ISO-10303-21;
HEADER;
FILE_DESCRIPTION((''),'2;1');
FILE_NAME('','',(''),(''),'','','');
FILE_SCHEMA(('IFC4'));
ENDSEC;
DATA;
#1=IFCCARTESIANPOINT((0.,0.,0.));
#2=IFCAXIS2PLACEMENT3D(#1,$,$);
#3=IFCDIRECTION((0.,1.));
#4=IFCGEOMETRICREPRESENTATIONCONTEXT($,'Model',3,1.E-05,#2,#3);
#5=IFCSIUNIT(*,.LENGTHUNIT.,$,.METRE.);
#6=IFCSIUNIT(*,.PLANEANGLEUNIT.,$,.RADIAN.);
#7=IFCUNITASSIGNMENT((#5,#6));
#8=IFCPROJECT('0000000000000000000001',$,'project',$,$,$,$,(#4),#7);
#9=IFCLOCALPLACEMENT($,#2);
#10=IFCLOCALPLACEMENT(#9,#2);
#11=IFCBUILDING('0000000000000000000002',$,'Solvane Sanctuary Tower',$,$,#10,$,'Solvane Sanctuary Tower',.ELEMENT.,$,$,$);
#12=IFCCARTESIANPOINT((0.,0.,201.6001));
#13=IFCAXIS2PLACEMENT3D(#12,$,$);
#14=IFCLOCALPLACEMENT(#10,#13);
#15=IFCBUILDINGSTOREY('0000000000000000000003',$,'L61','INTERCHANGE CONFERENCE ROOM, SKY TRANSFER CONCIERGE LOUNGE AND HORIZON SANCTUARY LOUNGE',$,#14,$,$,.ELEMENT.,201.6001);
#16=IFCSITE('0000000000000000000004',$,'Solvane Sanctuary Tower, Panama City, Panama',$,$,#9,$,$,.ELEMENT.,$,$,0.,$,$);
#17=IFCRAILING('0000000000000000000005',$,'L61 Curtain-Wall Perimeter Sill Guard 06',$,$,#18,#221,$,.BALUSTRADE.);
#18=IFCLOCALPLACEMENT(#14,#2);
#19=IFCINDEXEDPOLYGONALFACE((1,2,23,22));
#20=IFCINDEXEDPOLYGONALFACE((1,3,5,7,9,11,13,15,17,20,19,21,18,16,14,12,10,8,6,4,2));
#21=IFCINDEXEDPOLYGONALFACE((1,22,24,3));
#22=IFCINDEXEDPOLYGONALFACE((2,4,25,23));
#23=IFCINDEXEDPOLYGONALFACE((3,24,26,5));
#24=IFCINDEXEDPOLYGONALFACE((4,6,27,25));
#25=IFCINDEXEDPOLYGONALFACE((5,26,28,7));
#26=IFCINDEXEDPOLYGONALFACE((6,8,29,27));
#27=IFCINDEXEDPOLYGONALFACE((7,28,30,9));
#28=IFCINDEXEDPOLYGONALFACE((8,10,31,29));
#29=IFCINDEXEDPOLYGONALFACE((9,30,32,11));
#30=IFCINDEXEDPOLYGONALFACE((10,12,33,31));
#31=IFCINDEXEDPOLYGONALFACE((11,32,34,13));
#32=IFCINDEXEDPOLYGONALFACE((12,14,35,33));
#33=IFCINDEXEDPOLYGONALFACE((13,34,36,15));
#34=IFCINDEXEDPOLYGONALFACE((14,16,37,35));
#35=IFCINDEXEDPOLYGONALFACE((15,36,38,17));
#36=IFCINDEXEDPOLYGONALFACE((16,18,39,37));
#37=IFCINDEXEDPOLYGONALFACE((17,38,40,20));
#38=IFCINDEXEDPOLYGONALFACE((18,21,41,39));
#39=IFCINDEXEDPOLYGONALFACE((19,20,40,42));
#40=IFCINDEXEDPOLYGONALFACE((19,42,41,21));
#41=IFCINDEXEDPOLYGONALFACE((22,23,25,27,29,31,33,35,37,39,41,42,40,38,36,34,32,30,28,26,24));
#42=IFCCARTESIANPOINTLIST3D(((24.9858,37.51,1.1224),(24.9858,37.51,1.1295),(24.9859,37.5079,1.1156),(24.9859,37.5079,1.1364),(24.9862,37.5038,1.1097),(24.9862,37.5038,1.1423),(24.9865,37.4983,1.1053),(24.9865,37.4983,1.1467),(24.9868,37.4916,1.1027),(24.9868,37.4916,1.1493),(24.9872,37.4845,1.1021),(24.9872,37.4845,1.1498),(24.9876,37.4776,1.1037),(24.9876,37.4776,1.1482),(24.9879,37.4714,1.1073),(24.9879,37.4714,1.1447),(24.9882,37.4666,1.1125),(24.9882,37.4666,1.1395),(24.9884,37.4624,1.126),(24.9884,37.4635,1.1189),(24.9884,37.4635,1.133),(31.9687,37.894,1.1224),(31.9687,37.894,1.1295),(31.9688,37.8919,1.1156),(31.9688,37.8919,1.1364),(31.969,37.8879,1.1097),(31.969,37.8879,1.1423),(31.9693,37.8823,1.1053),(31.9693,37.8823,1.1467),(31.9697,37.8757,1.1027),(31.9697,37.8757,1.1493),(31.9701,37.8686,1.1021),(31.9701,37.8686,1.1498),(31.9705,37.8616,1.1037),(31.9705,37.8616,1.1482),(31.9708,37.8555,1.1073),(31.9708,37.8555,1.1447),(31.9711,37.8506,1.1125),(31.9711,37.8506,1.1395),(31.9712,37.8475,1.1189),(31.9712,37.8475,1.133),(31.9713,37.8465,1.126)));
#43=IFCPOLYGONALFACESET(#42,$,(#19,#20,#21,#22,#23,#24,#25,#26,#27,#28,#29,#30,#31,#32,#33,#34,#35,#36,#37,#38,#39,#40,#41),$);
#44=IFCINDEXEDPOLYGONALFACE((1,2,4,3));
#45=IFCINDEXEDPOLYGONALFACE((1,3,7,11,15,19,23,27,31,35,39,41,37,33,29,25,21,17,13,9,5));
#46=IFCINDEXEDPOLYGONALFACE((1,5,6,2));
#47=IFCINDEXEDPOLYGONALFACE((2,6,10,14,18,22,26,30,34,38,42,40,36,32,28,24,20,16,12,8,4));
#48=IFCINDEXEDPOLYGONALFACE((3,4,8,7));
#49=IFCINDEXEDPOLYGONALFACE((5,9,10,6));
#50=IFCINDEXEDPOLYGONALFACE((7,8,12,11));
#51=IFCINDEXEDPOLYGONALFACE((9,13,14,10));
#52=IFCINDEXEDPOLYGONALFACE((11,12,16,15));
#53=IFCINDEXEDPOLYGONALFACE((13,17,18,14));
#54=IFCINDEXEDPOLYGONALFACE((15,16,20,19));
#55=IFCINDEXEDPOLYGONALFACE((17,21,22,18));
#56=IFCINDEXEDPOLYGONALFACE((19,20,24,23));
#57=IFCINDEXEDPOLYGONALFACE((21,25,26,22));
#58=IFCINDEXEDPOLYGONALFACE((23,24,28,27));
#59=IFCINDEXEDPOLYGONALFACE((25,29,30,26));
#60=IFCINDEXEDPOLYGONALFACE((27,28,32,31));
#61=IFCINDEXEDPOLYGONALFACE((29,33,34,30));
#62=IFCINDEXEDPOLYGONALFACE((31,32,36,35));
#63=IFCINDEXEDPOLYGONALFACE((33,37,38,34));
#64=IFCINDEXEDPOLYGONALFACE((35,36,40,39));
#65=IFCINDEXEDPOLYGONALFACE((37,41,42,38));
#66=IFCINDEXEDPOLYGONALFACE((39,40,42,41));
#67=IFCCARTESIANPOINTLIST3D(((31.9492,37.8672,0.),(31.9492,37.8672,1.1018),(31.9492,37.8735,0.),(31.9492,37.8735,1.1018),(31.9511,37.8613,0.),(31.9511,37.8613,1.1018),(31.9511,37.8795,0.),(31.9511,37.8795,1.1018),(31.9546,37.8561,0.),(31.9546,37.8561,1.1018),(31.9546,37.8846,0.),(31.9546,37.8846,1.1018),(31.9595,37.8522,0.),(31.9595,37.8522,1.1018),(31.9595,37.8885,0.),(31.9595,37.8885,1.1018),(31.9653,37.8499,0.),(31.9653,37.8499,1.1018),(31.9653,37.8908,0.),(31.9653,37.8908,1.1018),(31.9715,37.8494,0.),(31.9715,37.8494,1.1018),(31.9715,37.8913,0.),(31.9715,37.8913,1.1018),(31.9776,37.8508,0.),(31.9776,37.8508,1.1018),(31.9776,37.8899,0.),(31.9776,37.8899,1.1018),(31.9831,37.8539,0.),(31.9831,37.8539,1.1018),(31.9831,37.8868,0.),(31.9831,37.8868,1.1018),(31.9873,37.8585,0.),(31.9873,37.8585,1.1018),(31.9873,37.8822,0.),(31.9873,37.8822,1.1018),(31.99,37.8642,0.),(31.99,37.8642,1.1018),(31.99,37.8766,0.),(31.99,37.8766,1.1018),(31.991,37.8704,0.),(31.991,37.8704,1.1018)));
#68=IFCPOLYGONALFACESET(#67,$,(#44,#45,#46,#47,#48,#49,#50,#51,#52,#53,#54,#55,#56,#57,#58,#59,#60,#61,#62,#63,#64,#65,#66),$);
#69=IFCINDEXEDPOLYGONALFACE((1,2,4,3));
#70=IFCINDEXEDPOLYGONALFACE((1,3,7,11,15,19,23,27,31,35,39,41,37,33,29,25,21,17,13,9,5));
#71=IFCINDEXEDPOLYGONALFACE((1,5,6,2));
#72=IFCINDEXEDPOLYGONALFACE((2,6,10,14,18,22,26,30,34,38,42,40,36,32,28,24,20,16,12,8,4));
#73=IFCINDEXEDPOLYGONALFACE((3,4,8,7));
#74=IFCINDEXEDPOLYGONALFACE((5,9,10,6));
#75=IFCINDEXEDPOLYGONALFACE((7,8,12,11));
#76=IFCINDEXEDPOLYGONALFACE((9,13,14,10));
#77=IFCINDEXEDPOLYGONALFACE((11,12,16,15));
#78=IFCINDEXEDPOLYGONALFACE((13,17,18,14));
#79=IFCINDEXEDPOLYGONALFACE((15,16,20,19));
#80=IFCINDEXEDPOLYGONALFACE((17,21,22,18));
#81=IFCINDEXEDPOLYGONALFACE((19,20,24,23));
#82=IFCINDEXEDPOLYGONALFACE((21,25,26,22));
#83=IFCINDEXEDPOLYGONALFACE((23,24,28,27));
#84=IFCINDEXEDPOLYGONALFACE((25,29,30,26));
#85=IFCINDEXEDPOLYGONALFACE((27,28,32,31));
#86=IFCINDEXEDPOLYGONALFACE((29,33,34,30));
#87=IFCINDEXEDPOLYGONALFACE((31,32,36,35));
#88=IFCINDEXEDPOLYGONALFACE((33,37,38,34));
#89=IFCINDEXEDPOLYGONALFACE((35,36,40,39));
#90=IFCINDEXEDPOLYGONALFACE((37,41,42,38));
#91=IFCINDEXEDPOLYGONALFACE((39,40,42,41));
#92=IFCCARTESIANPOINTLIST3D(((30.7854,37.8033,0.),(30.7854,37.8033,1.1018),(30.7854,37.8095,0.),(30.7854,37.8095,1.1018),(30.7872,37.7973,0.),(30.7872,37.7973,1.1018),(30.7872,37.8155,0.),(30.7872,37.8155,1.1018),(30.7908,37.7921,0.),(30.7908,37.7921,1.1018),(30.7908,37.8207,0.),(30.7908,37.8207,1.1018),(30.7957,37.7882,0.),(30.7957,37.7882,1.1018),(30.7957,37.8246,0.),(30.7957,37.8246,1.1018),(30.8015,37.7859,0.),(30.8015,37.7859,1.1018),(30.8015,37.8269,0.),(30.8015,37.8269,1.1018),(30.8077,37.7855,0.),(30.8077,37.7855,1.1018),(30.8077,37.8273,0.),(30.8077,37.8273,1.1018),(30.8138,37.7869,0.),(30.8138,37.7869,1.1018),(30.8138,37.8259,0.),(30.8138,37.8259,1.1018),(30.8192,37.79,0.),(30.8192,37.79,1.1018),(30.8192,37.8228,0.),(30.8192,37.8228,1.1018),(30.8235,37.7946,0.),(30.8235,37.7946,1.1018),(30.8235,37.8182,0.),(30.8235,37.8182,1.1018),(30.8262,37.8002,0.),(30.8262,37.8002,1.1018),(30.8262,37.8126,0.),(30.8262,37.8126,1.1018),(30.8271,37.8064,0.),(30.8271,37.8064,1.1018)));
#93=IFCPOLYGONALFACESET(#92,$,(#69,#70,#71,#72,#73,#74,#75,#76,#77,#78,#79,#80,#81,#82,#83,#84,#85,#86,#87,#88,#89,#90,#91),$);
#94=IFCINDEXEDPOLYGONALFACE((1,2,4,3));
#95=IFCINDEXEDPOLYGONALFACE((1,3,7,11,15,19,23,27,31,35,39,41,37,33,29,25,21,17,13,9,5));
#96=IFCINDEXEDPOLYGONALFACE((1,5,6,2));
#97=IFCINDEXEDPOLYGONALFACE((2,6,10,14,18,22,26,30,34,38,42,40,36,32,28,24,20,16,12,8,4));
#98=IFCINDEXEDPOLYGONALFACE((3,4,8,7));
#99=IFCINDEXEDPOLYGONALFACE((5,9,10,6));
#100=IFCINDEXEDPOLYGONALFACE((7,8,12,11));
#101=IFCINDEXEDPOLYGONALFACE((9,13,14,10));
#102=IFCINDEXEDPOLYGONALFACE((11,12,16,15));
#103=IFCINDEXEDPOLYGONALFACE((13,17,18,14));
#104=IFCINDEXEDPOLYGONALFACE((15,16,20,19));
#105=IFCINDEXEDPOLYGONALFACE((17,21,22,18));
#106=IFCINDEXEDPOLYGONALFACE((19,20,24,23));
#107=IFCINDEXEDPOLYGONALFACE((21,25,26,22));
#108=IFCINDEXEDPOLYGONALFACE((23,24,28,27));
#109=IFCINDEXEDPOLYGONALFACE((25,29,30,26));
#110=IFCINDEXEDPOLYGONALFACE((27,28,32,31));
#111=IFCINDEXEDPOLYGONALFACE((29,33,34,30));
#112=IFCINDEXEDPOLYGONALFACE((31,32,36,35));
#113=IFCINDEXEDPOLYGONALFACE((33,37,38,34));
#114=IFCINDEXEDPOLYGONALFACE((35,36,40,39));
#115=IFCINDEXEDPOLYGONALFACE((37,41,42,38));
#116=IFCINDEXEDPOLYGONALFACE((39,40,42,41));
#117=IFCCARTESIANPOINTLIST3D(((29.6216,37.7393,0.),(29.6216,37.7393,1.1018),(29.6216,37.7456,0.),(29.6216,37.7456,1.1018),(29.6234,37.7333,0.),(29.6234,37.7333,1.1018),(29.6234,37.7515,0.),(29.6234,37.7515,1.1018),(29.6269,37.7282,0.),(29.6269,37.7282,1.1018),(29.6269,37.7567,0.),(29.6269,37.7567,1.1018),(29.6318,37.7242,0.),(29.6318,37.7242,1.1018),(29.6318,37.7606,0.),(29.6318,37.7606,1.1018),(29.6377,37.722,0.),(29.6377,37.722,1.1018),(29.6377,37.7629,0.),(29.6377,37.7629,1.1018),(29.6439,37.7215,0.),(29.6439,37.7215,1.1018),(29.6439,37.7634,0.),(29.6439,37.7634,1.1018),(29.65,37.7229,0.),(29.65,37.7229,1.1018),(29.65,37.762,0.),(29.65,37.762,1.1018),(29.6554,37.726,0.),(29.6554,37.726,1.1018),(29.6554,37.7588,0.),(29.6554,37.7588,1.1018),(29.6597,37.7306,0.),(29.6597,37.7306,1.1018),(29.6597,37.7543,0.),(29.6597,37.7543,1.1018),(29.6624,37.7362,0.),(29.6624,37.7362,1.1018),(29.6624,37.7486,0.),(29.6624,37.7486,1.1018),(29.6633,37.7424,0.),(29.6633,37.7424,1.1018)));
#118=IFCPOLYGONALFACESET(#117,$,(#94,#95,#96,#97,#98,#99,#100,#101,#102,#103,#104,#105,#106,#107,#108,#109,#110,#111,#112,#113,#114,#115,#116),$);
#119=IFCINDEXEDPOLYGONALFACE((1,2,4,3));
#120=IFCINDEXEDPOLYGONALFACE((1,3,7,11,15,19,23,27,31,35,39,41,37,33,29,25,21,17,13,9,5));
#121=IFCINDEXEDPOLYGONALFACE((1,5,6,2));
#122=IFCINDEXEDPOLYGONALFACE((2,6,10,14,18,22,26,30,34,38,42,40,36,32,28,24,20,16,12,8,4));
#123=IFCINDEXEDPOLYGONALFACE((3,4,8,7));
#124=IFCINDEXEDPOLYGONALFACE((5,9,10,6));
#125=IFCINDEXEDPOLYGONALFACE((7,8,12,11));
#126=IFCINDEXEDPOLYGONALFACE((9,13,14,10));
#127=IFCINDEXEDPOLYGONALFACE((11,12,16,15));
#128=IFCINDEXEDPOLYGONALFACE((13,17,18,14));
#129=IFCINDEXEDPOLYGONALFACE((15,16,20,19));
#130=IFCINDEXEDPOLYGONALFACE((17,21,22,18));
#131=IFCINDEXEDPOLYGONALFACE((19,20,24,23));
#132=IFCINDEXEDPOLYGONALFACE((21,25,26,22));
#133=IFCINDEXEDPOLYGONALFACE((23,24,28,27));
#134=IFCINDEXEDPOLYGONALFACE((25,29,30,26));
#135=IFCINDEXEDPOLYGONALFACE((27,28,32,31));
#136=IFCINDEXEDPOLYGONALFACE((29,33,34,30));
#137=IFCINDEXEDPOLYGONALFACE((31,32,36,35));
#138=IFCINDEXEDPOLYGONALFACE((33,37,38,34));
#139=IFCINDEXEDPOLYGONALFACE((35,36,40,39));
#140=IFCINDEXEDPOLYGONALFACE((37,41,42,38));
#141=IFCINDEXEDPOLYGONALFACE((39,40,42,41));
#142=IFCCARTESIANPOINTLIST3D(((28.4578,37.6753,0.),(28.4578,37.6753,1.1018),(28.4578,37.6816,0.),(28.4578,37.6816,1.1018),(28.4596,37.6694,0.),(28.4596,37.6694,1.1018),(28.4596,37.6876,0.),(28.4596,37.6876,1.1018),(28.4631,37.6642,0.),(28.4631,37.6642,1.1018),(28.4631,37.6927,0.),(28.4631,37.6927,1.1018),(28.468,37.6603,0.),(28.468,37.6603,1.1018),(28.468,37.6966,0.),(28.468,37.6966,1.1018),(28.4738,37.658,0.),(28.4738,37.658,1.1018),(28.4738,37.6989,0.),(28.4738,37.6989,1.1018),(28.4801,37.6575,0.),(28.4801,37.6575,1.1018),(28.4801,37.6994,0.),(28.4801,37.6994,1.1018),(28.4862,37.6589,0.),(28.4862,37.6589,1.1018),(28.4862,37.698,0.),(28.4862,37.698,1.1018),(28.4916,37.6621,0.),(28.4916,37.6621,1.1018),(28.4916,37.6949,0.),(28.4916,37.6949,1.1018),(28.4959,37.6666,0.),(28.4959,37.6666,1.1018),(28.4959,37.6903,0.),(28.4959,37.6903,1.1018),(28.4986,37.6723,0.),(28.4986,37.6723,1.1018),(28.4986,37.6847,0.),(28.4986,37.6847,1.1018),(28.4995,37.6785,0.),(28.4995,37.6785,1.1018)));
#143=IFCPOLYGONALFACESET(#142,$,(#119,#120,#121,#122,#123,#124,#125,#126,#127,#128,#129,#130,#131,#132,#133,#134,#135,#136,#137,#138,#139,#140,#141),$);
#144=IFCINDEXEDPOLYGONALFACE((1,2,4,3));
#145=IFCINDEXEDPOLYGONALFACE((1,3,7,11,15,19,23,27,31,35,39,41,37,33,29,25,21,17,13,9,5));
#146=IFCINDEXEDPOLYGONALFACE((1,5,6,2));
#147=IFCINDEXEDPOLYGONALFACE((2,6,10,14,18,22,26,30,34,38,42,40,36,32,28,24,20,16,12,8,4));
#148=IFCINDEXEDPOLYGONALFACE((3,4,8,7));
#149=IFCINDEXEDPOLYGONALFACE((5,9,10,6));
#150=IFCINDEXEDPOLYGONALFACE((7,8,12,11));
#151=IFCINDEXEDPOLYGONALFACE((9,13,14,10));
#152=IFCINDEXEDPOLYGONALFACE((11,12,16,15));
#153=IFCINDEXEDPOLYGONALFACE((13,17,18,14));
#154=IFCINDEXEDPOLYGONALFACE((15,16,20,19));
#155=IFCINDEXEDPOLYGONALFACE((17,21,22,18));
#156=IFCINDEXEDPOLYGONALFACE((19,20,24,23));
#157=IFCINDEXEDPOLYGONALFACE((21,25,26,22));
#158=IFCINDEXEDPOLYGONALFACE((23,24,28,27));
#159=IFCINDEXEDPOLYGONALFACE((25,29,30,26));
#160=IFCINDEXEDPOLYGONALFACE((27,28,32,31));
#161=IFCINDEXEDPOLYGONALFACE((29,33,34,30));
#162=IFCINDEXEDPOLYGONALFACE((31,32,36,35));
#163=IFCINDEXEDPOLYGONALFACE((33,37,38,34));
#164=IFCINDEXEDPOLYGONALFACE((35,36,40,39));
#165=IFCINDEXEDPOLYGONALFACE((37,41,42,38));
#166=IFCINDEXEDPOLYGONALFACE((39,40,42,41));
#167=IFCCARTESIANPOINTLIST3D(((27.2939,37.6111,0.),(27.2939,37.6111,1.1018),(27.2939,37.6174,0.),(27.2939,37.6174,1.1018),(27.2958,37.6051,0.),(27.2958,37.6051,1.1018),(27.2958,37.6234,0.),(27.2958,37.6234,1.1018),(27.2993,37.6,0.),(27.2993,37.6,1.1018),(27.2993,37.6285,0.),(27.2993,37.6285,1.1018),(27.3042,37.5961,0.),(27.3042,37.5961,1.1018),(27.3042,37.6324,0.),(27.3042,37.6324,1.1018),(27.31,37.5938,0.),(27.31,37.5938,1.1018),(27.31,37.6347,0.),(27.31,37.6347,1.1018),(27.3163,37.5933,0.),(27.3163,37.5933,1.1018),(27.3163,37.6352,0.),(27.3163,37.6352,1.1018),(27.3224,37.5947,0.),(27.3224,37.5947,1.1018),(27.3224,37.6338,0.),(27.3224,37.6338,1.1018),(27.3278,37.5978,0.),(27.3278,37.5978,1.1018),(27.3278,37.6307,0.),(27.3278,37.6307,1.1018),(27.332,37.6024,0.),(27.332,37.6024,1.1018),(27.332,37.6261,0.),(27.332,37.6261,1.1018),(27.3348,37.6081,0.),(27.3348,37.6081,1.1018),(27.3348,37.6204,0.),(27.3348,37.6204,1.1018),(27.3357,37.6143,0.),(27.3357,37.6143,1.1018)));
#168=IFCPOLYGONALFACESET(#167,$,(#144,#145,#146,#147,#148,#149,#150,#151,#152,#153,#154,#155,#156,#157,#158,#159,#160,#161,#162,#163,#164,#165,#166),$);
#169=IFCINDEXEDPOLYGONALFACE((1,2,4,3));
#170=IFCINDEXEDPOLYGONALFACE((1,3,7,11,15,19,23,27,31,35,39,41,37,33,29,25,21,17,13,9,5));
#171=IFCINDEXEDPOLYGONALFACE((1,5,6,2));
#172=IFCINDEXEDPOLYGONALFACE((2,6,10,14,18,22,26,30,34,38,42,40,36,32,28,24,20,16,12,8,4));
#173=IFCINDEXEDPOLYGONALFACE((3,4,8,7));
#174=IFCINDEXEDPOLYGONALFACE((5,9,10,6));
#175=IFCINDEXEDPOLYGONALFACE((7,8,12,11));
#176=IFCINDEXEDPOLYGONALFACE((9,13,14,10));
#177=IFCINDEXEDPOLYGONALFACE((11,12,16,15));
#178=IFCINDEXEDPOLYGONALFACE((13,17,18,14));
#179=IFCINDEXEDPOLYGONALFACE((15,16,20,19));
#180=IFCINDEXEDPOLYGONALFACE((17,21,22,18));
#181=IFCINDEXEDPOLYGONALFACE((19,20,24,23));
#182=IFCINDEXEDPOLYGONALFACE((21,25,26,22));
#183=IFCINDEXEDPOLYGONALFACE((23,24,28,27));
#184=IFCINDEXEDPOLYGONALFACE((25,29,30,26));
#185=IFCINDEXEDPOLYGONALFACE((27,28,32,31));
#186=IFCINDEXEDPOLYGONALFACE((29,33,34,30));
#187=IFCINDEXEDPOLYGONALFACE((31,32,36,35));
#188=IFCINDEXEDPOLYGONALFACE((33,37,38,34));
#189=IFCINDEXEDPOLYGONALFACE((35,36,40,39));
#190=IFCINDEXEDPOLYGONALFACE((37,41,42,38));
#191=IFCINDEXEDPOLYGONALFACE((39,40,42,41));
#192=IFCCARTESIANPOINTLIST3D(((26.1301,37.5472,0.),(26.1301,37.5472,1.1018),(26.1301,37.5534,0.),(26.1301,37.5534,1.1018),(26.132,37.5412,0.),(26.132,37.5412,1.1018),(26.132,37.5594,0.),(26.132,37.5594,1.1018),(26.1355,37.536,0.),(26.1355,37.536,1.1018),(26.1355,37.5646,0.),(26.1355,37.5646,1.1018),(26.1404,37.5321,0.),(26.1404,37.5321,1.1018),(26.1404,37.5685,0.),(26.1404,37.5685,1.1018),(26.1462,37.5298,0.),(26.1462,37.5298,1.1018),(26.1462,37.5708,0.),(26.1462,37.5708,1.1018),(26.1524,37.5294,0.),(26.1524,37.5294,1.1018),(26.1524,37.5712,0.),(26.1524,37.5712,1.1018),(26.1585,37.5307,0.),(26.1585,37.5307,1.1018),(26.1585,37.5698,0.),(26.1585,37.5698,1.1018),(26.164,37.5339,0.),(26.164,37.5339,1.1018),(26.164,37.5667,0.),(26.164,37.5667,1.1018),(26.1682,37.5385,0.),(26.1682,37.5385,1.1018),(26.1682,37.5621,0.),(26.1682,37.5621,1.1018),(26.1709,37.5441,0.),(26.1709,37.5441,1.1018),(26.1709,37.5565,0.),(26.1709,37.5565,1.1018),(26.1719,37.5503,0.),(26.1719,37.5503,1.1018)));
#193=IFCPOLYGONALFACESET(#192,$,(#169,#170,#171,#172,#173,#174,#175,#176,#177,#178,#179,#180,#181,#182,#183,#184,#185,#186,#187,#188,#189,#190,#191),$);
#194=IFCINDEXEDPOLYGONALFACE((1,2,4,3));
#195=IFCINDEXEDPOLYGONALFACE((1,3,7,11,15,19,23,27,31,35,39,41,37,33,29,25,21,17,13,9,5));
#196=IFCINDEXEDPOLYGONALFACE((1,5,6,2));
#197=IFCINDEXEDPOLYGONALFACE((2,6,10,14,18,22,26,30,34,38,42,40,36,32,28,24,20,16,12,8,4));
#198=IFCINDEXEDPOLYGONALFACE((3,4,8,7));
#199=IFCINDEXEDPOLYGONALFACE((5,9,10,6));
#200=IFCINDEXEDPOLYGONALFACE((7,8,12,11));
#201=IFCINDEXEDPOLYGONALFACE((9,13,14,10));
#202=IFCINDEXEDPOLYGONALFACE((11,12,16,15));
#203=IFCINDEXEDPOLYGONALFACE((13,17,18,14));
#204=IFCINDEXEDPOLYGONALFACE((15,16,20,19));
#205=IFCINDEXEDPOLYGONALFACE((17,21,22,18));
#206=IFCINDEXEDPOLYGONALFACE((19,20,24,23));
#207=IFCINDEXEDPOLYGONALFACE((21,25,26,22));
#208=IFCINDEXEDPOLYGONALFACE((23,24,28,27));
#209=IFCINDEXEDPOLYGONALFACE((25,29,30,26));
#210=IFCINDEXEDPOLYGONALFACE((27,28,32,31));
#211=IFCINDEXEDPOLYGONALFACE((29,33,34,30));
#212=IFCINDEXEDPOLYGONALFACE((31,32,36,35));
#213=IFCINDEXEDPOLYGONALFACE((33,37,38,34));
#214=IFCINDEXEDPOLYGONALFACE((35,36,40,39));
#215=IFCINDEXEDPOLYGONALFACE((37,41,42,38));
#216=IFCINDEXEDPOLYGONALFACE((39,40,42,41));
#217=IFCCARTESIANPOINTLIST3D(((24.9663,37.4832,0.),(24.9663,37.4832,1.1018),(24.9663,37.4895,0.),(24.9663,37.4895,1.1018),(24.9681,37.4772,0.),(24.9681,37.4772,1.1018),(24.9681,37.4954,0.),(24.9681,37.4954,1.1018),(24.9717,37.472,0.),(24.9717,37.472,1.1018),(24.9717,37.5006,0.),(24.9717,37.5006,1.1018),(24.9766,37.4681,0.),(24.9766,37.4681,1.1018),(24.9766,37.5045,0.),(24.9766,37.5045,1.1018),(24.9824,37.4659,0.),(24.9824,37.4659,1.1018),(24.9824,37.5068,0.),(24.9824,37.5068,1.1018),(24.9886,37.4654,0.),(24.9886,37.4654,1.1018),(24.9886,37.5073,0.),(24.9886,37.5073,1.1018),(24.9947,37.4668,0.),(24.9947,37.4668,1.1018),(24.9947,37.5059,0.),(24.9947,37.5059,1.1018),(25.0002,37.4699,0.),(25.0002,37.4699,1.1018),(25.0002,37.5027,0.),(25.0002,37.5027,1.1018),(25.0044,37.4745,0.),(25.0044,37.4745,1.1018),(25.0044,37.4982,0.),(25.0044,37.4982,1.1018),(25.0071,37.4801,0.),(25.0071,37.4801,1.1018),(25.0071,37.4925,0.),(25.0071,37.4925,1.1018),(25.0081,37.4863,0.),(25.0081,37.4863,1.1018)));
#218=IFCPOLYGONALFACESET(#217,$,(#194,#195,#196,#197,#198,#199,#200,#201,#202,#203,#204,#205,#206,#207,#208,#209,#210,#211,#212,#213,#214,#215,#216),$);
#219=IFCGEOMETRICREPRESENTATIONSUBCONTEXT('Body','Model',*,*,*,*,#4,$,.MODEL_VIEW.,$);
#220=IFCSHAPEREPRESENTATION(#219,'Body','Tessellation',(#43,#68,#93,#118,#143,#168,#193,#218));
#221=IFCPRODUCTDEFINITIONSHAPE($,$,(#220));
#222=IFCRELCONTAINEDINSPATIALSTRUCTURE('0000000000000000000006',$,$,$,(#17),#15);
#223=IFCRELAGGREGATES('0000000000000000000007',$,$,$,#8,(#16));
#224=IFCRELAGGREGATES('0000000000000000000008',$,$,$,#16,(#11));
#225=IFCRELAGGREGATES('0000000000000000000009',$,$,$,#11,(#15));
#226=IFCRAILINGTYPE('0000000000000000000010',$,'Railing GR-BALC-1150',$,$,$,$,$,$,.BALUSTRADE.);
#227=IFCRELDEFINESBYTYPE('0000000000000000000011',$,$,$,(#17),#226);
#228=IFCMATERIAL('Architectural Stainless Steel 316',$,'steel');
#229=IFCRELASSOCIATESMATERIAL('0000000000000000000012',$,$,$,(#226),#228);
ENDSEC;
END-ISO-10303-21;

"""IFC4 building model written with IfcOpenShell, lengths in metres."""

from ifc_helpers import new_model, si_unit, direction, frame, origin, origin_2d, place, context, subcontext, project, spatial, circle, extrude, material, type_object, element, save


model = new_model("IFC4")

# Units and contexts
model_context = context("Model", 3, precision=1e-05, world=origin(), true_north=direction((0.0, 1.0)))
body_context = subcontext(model_context, "Body", "Model", "MODEL_VIEW")
ifc_project = project(units=[si_unit("LENGTHUNIT", "METRE"), si_unit("PLANEANGLEUNIT", "RADIAN")], contexts=[model_context])

# Site, building, storey
site_placement = place(None, origin())
site = spatial("IfcSite", under=ifc_project, at=site_placement, Name="Solvane Sanctuary Tower, Panama City, Panama", CompositionType="ELEMENT", RefElevation=0.0)
building_placement = place(site_placement, origin())
building = spatial("IfcBuilding", under=site, at=building_placement, Name="Solvane Sanctuary Tower", LongName="Solvane Sanctuary Tower", CompositionType="ELEMENT")
storey_placement = place(building_placement, frame((0.0, 0.0, 201.6001)))
storey = spatial("IfcBuildingStorey", under=building, at=storey_placement, Name="L61", Description="INTERCHANGE CONFERENCE ROOM, SKY TRANSFER CONCIERGE LOUNGE AND HORIZON SANCTUARY LOUNGE", CompositionType="ELEMENT", Elevation=201.6001)

# Shared definitions
ifc_material_1 = material(Name="Architectural Stainless Steel 316", Category="steel")

# Railing
railing_type = type_object("IfcRailingType", Name="Railing GR-BALC-1150", PredefinedType="BALUSTRADE", material=ifc_material_1)
railing_placement = place(storey_placement, frame((31.97, 37.8704, 0.0)))
element("IfcRailing", 1, at=railing_placement, inside=storey, type_object=railing_type, Name="L61 Curtain-Wall Perimeter Sill Guard 06", PredefinedType="BALUSTRADE", context=body_context, shape_type="SweptSolid", body=[
    extrude(circle(Radius=0.0239, at=origin_2d()), frame((0.0, 0.0, 1.126), z_axis=(-0.998491, -0.054913, 0.0), x_axis=(0.054913, -0.998491, 0.0)), (0.0, 0.0, 1.0), 6.9934),
    extrude(circle(Radius=0.021, at=origin_2d()), origin(), (0.0, 0.0, 1.0), 1.1018),
    extrude(circle(Radius=0.021, at=origin_2d()), frame((-1.1638, -0.064, 0.0)), (0.0, 0.0, 1.0), 1.1018),
    extrude(circle(Radius=0.021, at=origin_2d()), frame((-2.3276, -0.1279, 0.0)), (0.0, 0.0, 1.0), 1.1018),
    extrude(circle(Radius=0.021, at=origin_2d()), frame((-3.4915, -0.1919, 0.0)), (0.0, 0.0, 1.0), 1.1018),
    extrude(circle(Radius=0.021, at=origin_2d()), frame((-4.6553, -0.2561, 0.0)), (0.0, 0.0, 1.0), 1.1018),
    extrude(circle(Radius=0.021, at=origin_2d()), frame((-5.8191, -0.3201, 0.0)), (0.0, 0.0, 1.0), 1.1018),
    extrude(circle(Radius=0.021, at=origin_2d()), frame((-6.9829, -0.384, 0.0)), (0.0, 0.0, 1.0), 1.1018),
])

save(model, "model.ifc")
